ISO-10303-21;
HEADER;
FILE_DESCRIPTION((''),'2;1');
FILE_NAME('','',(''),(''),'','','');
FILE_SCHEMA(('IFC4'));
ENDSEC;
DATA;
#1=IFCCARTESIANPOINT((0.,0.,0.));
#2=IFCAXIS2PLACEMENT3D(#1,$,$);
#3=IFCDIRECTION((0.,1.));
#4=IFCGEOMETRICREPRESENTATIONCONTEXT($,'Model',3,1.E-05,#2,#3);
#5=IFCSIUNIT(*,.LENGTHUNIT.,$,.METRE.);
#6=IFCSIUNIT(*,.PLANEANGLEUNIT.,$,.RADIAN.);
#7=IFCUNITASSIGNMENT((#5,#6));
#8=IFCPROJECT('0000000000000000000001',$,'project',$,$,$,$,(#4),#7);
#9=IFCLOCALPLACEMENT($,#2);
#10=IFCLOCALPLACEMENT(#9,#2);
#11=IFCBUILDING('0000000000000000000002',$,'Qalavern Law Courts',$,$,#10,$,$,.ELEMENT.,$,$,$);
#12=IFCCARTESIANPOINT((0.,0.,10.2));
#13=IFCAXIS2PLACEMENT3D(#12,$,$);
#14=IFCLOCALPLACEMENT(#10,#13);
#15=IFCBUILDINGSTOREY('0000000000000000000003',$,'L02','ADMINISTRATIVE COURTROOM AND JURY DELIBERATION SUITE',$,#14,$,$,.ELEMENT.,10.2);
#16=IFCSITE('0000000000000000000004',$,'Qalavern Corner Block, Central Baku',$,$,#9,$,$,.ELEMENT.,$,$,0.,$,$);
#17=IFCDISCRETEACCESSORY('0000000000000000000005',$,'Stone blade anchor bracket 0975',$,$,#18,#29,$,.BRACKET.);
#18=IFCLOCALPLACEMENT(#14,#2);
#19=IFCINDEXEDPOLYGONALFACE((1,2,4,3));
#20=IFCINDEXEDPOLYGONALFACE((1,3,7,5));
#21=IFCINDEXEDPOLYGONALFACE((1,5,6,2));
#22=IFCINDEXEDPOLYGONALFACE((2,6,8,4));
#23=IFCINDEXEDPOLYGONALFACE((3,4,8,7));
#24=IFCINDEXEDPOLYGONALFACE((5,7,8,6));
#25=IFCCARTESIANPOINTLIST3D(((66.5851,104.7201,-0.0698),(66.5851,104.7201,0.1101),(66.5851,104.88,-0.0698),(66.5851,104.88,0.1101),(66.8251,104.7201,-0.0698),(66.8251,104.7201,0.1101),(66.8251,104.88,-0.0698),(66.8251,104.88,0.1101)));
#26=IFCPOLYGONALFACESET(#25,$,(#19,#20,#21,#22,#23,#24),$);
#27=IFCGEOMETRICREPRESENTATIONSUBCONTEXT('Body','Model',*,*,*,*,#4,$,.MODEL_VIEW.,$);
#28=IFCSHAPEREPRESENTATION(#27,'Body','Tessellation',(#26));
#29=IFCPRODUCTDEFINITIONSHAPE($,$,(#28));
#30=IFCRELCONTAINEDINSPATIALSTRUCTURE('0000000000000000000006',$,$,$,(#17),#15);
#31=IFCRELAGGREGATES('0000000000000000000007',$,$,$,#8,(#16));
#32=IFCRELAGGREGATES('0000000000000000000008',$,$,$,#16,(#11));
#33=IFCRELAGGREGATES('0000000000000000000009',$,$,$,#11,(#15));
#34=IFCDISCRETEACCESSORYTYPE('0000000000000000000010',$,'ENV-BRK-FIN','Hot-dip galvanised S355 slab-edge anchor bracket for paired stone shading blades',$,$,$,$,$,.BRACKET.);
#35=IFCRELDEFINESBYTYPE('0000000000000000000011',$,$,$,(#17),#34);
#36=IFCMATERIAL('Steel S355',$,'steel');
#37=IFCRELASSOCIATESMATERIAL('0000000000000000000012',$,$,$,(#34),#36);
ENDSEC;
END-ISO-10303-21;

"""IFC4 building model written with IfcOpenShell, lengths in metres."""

from ifc_helpers import new_model, si_unit, direction, frame, origin, origin_2d, place, context, subcontext, project, spatial, rectangle, extrude, material, type_object, element, save


model = new_model("IFC4")

# Units and contexts
model_context = context("Model", 3, precision=1e-05, world=origin(), true_north=direction((0.0, 1.0)))
body_context = subcontext(model_context, "Body", "Model", "MODEL_VIEW")
ifc_project = project(units=[si_unit("LENGTHUNIT", "METRE"), si_unit("PLANEANGLEUNIT", "RADIAN")], contexts=[model_context])

# Site, building, storey
site_placement = place(None, origin())
site = spatial("IfcSite", under=ifc_project, at=site_placement, Name="Qalavern Corner Block, Central Baku", CompositionType="ELEMENT", RefElevation=0.0)
building_placement = place(site_placement, origin())
building = spatial("IfcBuilding", under=site, at=building_placement, Name="Qalavern Law Courts", CompositionType="ELEMENT")
storey_placement = place(building_placement, frame((0.0, 0.0, 10.2)))
storey = spatial("IfcBuildingStorey", under=building, at=storey_placement, Name="L02", Description="ADMINISTRATIVE COURTROOM AND JURY DELIBERATION SUITE", CompositionType="ELEMENT", Elevation=10.2)

# Shared definitions
ifc_material_1 = material(Name="Steel S355", Category="steel")

# Discrete accessory
discrete_accessory_type = type_object("IfcDiscreteAccessoryType", Name="ENV-BRK-FIN", Description="Hot-dip galvanised S355 slab-edge anchor bracket for paired stone shading blades", PredefinedType="BRACKET", material=ifc_material_1)
discrete_accessory_placement = place(storey_placement, frame((66.7051, 104.8, -0.0698), z_axis=(0.0, 0.0, 1.0), x_axis=(1.0, 0.0, 0.0)))
element("IfcDiscreteAccessory", 1, at=discrete_accessory_placement, inside=storey, type_object=discrete_accessory_type, Name="Stone blade anchor bracket 0975", PredefinedType="BRACKET", context=body_context, shape_type="SweptSolid", body=[
    extrude(rectangle(XDim=0.24, YDim=0.1599, at=origin_2d()), origin(), (0.0, 0.0, 1.0), 0.1799),
])

save(model, "model.ifc")
